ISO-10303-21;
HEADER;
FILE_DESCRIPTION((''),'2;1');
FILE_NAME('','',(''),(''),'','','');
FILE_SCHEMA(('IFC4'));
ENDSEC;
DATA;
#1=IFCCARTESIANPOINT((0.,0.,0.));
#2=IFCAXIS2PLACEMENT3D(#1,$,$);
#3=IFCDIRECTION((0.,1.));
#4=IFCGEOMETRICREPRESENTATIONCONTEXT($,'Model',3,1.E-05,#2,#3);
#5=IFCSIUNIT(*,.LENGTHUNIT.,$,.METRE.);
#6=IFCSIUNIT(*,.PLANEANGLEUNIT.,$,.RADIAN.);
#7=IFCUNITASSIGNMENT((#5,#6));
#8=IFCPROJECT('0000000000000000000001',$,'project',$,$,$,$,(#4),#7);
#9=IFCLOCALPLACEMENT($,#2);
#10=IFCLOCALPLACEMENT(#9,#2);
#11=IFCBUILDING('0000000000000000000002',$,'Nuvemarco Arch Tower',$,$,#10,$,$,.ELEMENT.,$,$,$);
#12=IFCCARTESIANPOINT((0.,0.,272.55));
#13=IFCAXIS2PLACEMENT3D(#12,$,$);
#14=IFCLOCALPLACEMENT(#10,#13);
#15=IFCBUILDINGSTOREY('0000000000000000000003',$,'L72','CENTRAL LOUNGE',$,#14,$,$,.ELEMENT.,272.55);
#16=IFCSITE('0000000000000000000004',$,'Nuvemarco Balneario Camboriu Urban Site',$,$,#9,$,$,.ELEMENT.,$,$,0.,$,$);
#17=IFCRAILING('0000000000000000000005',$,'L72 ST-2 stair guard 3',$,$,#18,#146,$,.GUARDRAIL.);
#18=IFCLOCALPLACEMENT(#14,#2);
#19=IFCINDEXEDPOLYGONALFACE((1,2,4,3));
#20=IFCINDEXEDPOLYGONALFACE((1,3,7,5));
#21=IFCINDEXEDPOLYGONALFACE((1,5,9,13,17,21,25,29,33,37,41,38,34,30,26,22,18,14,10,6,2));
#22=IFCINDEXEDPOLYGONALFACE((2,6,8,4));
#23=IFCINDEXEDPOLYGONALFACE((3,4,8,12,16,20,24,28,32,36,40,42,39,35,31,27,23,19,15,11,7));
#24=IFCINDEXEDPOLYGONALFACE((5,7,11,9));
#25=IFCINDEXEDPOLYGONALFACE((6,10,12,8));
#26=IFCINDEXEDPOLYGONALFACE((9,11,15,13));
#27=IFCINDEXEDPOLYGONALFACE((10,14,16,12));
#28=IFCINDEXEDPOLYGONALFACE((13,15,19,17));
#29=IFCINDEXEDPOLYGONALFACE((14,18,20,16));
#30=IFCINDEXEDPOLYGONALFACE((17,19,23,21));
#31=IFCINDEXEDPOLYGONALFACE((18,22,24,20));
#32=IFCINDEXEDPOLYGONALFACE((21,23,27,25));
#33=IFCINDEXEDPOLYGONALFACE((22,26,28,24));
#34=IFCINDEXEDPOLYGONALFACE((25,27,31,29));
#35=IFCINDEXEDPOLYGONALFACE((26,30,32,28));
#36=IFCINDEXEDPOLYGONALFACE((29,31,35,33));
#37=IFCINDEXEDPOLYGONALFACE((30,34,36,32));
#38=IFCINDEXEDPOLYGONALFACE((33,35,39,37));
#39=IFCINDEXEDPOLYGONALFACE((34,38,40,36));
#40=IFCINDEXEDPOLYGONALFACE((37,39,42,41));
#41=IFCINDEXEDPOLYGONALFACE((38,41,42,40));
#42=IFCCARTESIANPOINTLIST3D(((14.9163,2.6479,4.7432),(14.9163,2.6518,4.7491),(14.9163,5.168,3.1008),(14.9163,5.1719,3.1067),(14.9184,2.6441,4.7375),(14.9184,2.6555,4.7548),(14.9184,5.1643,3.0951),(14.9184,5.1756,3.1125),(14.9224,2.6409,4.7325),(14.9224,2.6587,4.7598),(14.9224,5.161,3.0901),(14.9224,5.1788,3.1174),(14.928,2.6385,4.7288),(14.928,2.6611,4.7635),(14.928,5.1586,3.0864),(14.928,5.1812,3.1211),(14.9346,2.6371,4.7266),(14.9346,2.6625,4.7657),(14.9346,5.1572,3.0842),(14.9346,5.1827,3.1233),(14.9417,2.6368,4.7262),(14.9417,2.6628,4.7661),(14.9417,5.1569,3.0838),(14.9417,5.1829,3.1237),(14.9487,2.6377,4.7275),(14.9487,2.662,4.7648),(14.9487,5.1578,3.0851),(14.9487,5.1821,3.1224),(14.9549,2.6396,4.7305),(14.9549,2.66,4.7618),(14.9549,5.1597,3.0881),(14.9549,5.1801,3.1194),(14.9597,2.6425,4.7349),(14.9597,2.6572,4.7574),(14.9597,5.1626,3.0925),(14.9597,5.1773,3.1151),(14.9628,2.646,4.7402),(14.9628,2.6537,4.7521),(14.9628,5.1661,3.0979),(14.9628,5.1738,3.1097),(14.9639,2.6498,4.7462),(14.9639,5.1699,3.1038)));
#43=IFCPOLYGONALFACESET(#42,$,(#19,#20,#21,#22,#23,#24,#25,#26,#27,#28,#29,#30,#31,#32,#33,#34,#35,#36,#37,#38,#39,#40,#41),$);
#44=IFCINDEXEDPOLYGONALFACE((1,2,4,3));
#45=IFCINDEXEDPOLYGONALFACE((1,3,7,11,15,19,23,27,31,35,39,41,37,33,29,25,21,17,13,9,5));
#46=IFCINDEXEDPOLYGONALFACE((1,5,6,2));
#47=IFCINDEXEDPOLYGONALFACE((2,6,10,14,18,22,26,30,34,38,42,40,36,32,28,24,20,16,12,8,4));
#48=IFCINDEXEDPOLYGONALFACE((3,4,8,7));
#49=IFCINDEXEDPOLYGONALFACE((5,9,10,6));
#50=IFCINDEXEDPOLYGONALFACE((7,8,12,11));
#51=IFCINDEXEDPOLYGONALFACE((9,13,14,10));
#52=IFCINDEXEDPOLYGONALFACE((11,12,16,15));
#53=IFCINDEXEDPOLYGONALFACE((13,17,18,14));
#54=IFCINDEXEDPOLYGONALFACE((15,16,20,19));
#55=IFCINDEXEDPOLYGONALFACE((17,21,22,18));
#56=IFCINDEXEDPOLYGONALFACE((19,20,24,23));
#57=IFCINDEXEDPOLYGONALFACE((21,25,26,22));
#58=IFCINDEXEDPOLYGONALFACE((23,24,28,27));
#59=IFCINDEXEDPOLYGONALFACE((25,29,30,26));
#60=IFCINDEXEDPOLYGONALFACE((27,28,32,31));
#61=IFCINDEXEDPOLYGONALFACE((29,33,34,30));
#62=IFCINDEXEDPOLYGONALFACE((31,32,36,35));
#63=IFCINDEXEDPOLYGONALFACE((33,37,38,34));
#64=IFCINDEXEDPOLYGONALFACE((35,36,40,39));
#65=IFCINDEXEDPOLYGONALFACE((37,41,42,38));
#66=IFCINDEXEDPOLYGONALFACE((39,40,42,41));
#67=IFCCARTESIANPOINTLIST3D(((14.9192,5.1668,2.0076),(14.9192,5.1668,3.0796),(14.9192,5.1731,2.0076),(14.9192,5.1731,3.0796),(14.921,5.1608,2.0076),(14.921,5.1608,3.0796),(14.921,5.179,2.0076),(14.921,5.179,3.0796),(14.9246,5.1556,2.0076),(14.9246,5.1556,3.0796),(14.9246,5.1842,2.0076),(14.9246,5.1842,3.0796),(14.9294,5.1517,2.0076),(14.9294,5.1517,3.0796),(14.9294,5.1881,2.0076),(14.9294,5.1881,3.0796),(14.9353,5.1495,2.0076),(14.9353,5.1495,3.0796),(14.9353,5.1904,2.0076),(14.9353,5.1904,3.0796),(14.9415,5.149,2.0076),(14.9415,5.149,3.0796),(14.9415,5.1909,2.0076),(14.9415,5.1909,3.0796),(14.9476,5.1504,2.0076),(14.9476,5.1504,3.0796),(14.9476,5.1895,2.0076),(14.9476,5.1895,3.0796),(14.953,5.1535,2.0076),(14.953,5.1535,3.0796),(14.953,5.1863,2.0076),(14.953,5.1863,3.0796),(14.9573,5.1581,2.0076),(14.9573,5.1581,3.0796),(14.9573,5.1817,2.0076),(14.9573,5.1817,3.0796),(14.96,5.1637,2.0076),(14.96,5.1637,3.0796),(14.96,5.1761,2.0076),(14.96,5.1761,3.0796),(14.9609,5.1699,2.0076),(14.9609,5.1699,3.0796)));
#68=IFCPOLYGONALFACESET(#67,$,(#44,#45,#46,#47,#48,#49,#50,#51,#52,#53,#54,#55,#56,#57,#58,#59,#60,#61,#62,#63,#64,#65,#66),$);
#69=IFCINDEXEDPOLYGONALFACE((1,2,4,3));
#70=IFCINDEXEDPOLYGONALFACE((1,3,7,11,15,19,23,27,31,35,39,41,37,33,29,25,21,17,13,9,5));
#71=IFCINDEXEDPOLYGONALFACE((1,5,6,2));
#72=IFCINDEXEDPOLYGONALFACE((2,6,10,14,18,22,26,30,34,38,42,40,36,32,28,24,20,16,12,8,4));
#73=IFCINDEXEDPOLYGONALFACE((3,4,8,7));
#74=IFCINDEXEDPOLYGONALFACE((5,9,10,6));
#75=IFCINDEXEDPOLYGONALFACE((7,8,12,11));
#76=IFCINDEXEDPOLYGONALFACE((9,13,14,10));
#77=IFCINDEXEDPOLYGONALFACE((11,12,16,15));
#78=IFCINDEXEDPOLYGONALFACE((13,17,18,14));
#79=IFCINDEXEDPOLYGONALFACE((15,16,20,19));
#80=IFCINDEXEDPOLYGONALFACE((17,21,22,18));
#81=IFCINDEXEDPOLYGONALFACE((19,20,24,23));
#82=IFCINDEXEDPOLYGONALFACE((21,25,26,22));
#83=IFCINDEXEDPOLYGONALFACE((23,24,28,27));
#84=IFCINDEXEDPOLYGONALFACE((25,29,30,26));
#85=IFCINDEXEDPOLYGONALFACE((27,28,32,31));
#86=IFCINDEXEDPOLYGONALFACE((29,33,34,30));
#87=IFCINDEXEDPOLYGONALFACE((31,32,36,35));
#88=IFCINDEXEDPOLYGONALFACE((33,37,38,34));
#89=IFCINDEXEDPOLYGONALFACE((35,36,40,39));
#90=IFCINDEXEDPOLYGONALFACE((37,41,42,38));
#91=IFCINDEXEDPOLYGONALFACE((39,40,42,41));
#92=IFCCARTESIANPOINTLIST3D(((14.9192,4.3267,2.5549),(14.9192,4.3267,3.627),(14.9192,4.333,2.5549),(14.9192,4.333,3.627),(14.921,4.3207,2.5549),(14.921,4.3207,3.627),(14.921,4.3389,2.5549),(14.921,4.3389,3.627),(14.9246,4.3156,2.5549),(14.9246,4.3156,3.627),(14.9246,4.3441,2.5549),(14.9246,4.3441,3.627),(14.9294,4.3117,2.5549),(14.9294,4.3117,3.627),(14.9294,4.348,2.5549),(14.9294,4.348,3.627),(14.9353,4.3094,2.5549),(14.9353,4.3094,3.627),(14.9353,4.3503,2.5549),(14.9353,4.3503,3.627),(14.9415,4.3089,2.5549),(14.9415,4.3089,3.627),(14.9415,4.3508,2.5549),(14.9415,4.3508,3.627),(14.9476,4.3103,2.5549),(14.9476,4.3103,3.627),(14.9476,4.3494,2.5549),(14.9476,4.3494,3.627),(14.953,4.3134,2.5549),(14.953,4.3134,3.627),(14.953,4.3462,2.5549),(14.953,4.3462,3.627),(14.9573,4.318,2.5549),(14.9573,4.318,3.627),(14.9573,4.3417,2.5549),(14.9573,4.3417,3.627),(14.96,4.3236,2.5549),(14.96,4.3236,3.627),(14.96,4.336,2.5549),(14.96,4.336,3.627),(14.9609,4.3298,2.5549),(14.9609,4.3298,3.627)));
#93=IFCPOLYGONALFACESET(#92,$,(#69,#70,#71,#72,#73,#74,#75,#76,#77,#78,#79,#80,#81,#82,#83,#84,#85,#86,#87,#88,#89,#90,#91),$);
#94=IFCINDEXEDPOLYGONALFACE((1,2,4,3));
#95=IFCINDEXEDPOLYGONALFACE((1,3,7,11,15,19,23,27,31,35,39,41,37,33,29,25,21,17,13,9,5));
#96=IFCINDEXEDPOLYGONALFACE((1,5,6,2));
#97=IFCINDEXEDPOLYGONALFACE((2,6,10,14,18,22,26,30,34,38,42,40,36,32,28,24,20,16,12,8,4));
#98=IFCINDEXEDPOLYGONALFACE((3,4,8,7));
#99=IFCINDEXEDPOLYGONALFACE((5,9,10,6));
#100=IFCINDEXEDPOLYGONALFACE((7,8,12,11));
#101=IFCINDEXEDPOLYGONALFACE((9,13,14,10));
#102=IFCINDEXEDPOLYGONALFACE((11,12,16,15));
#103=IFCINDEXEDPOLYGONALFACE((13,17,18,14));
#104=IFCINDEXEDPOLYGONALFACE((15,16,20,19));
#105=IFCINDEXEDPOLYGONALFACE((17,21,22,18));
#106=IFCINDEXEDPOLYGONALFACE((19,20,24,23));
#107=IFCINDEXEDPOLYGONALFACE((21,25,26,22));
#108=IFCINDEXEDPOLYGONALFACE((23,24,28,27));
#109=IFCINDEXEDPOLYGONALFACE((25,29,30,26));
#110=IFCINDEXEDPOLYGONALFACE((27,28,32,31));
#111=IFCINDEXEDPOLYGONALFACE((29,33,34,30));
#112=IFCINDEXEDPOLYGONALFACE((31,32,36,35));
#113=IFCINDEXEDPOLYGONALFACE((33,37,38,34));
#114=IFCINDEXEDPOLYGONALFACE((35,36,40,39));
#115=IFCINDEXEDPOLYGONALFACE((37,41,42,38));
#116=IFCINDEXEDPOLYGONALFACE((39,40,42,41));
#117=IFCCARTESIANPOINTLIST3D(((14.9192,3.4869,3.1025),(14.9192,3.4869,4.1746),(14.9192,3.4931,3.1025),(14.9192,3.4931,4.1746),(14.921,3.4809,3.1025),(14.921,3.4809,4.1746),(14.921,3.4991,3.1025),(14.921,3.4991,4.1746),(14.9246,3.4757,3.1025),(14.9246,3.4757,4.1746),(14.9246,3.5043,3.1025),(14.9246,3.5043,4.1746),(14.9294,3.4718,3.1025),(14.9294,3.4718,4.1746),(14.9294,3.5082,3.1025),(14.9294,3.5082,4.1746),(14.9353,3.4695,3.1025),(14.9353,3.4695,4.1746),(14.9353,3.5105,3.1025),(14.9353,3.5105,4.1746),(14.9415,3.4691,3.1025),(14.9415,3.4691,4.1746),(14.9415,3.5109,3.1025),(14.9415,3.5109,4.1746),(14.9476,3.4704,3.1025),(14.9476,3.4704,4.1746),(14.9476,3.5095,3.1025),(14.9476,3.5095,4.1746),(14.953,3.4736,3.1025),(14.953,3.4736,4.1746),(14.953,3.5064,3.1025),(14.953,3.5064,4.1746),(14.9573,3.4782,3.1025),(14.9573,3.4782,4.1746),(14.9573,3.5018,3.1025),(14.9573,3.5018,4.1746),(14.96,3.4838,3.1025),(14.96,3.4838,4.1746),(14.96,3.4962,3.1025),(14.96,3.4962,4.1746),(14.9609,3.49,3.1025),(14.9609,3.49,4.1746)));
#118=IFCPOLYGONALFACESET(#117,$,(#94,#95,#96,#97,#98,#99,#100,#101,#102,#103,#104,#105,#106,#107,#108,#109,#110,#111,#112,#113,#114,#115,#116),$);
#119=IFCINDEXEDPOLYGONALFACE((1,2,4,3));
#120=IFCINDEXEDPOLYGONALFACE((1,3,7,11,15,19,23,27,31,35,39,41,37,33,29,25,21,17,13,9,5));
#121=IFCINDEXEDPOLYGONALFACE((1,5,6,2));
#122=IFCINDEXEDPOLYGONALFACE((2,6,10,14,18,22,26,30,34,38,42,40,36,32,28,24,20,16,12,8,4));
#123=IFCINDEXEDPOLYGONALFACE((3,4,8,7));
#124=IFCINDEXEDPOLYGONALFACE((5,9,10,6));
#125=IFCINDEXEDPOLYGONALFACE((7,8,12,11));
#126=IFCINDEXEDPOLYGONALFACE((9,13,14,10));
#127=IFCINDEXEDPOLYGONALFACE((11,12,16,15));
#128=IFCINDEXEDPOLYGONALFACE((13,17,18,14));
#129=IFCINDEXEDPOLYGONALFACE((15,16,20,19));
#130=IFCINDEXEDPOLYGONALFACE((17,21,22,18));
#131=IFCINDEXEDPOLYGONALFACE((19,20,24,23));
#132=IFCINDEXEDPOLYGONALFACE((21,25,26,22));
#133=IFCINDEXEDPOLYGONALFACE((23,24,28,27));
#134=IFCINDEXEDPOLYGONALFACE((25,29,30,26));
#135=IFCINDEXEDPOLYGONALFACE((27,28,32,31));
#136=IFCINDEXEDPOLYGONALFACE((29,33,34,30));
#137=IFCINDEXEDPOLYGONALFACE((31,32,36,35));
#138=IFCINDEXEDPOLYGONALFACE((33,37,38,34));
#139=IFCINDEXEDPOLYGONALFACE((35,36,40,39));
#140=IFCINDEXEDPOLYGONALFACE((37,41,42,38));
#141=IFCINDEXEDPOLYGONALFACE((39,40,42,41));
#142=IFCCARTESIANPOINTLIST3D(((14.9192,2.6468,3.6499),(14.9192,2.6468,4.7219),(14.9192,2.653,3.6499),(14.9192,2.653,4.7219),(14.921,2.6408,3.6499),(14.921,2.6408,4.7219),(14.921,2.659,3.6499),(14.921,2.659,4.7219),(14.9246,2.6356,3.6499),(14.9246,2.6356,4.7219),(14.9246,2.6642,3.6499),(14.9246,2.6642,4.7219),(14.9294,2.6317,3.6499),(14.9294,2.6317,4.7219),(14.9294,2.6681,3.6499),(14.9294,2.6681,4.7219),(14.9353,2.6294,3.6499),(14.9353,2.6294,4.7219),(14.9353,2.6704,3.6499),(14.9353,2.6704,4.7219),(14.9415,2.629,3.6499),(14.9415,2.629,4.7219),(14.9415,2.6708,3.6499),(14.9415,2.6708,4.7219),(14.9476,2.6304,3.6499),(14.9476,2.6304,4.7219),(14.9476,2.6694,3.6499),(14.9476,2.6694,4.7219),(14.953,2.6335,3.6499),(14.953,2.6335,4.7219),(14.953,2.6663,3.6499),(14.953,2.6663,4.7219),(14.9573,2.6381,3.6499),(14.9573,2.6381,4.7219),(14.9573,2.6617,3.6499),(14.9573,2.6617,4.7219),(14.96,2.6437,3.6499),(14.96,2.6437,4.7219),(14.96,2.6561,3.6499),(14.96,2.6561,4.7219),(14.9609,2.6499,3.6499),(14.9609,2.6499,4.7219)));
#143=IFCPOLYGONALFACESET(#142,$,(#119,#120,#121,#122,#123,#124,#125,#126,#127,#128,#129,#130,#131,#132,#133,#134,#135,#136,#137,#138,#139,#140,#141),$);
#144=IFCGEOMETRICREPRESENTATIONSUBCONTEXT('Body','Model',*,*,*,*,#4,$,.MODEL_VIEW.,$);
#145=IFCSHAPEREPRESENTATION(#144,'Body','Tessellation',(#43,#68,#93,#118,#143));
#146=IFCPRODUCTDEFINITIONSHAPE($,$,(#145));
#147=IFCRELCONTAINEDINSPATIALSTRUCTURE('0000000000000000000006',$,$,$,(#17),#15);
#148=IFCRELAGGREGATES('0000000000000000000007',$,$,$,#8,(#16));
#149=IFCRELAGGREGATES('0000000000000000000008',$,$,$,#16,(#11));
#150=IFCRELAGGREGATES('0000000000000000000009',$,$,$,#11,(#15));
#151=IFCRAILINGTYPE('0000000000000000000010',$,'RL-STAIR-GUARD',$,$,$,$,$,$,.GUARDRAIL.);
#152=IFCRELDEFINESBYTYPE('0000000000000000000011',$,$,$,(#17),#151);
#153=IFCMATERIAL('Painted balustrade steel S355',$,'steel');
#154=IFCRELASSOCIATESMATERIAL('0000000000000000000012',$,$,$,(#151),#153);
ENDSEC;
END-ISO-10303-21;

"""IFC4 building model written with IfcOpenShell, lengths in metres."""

from ifc_helpers import new_model, si_unit, direction, frame, origin, origin_2d, place, context, subcontext, project, spatial, circle, extrude, material, type_object, element, save


model = new_model("IFC4")

# Units and contexts
model_context = context("Model", 3, precision=1e-05, world=origin(), true_north=direction((0.0, 1.0)))
body_context = subcontext(model_context, "Body", "Model", "MODEL_VIEW")
ifc_project = project(units=[si_unit("LENGTHUNIT", "METRE"), si_unit("PLANEANGLEUNIT", "RADIAN")], contexts=[model_context])

# Site, building, storey
site_placement = place(None, origin())
site = spatial("IfcSite", under=ifc_project, at=site_placement, Name="Nuvemarco Balneario Camboriu Urban Site", CompositionType="ELEMENT", RefElevation=0.0)
building_placement = place(site_placement, origin())
building = spatial("IfcBuilding", under=site, at=building_placement, Name="Nuvemarco Arch Tower", CompositionType="ELEMENT")
storey_placement = place(building_placement, frame((0.0, 0.0, 272.55)))
storey = spatial("IfcBuildingStorey", under=building, at=storey_placement, Name="L72", Description="CENTRAL LOUNGE", CompositionType="ELEMENT", Elevation=272.55)

# Railing
ifc_material_1 = material(Name="Painted balustrade steel S355", Category="steel")
railing_type_1 = type_object("IfcRailingType", Name="RL-STAIR-GUARD", PredefinedType="GUARDRAIL", material=ifc_material_1)
railing_1_placement = place(storey_placement, frame((14.9399, 5.1699, 2.0076)))
element("IfcRailing", 1, at=railing_1_placement, inside=storey, type_object=railing_type_1, Name="L72 ST-2 stair guard 3", PredefinedType="GUARDRAIL", context=body_context, shape_type="SweptSolid", body=[
    extrude(circle(Radius=0.0239, at=origin_2d()), frame((0.0, 0.0, 1.0962), z_axis=(0.0, -0.837787, 0.545998), x_axis=(1.0, 0.0, 0.0)), (0.0, 0.0, 1.0), 3.0081),
    extrude(circle(Radius=0.021, at=origin_2d()), origin(), (0.0, 0.0, 1.0), 1.072),
    extrude(circle(Radius=0.021, at=origin_2d()), frame((0.0, -0.8401, 0.5474)), (0.0, 0.0, 1.0), 1.072),
    extrude(circle(Radius=0.021, at=origin_2d()), frame((0.0, -1.6799, 1.095)), (0.0, 0.0, 1.0), 1.072),
    extrude(circle(Radius=0.021, at=origin_2d()), frame((0.0, -2.52, 1.6423)), (0.0, 0.0, 1.0), 1.072),
])

save(model, "model.ifc")
